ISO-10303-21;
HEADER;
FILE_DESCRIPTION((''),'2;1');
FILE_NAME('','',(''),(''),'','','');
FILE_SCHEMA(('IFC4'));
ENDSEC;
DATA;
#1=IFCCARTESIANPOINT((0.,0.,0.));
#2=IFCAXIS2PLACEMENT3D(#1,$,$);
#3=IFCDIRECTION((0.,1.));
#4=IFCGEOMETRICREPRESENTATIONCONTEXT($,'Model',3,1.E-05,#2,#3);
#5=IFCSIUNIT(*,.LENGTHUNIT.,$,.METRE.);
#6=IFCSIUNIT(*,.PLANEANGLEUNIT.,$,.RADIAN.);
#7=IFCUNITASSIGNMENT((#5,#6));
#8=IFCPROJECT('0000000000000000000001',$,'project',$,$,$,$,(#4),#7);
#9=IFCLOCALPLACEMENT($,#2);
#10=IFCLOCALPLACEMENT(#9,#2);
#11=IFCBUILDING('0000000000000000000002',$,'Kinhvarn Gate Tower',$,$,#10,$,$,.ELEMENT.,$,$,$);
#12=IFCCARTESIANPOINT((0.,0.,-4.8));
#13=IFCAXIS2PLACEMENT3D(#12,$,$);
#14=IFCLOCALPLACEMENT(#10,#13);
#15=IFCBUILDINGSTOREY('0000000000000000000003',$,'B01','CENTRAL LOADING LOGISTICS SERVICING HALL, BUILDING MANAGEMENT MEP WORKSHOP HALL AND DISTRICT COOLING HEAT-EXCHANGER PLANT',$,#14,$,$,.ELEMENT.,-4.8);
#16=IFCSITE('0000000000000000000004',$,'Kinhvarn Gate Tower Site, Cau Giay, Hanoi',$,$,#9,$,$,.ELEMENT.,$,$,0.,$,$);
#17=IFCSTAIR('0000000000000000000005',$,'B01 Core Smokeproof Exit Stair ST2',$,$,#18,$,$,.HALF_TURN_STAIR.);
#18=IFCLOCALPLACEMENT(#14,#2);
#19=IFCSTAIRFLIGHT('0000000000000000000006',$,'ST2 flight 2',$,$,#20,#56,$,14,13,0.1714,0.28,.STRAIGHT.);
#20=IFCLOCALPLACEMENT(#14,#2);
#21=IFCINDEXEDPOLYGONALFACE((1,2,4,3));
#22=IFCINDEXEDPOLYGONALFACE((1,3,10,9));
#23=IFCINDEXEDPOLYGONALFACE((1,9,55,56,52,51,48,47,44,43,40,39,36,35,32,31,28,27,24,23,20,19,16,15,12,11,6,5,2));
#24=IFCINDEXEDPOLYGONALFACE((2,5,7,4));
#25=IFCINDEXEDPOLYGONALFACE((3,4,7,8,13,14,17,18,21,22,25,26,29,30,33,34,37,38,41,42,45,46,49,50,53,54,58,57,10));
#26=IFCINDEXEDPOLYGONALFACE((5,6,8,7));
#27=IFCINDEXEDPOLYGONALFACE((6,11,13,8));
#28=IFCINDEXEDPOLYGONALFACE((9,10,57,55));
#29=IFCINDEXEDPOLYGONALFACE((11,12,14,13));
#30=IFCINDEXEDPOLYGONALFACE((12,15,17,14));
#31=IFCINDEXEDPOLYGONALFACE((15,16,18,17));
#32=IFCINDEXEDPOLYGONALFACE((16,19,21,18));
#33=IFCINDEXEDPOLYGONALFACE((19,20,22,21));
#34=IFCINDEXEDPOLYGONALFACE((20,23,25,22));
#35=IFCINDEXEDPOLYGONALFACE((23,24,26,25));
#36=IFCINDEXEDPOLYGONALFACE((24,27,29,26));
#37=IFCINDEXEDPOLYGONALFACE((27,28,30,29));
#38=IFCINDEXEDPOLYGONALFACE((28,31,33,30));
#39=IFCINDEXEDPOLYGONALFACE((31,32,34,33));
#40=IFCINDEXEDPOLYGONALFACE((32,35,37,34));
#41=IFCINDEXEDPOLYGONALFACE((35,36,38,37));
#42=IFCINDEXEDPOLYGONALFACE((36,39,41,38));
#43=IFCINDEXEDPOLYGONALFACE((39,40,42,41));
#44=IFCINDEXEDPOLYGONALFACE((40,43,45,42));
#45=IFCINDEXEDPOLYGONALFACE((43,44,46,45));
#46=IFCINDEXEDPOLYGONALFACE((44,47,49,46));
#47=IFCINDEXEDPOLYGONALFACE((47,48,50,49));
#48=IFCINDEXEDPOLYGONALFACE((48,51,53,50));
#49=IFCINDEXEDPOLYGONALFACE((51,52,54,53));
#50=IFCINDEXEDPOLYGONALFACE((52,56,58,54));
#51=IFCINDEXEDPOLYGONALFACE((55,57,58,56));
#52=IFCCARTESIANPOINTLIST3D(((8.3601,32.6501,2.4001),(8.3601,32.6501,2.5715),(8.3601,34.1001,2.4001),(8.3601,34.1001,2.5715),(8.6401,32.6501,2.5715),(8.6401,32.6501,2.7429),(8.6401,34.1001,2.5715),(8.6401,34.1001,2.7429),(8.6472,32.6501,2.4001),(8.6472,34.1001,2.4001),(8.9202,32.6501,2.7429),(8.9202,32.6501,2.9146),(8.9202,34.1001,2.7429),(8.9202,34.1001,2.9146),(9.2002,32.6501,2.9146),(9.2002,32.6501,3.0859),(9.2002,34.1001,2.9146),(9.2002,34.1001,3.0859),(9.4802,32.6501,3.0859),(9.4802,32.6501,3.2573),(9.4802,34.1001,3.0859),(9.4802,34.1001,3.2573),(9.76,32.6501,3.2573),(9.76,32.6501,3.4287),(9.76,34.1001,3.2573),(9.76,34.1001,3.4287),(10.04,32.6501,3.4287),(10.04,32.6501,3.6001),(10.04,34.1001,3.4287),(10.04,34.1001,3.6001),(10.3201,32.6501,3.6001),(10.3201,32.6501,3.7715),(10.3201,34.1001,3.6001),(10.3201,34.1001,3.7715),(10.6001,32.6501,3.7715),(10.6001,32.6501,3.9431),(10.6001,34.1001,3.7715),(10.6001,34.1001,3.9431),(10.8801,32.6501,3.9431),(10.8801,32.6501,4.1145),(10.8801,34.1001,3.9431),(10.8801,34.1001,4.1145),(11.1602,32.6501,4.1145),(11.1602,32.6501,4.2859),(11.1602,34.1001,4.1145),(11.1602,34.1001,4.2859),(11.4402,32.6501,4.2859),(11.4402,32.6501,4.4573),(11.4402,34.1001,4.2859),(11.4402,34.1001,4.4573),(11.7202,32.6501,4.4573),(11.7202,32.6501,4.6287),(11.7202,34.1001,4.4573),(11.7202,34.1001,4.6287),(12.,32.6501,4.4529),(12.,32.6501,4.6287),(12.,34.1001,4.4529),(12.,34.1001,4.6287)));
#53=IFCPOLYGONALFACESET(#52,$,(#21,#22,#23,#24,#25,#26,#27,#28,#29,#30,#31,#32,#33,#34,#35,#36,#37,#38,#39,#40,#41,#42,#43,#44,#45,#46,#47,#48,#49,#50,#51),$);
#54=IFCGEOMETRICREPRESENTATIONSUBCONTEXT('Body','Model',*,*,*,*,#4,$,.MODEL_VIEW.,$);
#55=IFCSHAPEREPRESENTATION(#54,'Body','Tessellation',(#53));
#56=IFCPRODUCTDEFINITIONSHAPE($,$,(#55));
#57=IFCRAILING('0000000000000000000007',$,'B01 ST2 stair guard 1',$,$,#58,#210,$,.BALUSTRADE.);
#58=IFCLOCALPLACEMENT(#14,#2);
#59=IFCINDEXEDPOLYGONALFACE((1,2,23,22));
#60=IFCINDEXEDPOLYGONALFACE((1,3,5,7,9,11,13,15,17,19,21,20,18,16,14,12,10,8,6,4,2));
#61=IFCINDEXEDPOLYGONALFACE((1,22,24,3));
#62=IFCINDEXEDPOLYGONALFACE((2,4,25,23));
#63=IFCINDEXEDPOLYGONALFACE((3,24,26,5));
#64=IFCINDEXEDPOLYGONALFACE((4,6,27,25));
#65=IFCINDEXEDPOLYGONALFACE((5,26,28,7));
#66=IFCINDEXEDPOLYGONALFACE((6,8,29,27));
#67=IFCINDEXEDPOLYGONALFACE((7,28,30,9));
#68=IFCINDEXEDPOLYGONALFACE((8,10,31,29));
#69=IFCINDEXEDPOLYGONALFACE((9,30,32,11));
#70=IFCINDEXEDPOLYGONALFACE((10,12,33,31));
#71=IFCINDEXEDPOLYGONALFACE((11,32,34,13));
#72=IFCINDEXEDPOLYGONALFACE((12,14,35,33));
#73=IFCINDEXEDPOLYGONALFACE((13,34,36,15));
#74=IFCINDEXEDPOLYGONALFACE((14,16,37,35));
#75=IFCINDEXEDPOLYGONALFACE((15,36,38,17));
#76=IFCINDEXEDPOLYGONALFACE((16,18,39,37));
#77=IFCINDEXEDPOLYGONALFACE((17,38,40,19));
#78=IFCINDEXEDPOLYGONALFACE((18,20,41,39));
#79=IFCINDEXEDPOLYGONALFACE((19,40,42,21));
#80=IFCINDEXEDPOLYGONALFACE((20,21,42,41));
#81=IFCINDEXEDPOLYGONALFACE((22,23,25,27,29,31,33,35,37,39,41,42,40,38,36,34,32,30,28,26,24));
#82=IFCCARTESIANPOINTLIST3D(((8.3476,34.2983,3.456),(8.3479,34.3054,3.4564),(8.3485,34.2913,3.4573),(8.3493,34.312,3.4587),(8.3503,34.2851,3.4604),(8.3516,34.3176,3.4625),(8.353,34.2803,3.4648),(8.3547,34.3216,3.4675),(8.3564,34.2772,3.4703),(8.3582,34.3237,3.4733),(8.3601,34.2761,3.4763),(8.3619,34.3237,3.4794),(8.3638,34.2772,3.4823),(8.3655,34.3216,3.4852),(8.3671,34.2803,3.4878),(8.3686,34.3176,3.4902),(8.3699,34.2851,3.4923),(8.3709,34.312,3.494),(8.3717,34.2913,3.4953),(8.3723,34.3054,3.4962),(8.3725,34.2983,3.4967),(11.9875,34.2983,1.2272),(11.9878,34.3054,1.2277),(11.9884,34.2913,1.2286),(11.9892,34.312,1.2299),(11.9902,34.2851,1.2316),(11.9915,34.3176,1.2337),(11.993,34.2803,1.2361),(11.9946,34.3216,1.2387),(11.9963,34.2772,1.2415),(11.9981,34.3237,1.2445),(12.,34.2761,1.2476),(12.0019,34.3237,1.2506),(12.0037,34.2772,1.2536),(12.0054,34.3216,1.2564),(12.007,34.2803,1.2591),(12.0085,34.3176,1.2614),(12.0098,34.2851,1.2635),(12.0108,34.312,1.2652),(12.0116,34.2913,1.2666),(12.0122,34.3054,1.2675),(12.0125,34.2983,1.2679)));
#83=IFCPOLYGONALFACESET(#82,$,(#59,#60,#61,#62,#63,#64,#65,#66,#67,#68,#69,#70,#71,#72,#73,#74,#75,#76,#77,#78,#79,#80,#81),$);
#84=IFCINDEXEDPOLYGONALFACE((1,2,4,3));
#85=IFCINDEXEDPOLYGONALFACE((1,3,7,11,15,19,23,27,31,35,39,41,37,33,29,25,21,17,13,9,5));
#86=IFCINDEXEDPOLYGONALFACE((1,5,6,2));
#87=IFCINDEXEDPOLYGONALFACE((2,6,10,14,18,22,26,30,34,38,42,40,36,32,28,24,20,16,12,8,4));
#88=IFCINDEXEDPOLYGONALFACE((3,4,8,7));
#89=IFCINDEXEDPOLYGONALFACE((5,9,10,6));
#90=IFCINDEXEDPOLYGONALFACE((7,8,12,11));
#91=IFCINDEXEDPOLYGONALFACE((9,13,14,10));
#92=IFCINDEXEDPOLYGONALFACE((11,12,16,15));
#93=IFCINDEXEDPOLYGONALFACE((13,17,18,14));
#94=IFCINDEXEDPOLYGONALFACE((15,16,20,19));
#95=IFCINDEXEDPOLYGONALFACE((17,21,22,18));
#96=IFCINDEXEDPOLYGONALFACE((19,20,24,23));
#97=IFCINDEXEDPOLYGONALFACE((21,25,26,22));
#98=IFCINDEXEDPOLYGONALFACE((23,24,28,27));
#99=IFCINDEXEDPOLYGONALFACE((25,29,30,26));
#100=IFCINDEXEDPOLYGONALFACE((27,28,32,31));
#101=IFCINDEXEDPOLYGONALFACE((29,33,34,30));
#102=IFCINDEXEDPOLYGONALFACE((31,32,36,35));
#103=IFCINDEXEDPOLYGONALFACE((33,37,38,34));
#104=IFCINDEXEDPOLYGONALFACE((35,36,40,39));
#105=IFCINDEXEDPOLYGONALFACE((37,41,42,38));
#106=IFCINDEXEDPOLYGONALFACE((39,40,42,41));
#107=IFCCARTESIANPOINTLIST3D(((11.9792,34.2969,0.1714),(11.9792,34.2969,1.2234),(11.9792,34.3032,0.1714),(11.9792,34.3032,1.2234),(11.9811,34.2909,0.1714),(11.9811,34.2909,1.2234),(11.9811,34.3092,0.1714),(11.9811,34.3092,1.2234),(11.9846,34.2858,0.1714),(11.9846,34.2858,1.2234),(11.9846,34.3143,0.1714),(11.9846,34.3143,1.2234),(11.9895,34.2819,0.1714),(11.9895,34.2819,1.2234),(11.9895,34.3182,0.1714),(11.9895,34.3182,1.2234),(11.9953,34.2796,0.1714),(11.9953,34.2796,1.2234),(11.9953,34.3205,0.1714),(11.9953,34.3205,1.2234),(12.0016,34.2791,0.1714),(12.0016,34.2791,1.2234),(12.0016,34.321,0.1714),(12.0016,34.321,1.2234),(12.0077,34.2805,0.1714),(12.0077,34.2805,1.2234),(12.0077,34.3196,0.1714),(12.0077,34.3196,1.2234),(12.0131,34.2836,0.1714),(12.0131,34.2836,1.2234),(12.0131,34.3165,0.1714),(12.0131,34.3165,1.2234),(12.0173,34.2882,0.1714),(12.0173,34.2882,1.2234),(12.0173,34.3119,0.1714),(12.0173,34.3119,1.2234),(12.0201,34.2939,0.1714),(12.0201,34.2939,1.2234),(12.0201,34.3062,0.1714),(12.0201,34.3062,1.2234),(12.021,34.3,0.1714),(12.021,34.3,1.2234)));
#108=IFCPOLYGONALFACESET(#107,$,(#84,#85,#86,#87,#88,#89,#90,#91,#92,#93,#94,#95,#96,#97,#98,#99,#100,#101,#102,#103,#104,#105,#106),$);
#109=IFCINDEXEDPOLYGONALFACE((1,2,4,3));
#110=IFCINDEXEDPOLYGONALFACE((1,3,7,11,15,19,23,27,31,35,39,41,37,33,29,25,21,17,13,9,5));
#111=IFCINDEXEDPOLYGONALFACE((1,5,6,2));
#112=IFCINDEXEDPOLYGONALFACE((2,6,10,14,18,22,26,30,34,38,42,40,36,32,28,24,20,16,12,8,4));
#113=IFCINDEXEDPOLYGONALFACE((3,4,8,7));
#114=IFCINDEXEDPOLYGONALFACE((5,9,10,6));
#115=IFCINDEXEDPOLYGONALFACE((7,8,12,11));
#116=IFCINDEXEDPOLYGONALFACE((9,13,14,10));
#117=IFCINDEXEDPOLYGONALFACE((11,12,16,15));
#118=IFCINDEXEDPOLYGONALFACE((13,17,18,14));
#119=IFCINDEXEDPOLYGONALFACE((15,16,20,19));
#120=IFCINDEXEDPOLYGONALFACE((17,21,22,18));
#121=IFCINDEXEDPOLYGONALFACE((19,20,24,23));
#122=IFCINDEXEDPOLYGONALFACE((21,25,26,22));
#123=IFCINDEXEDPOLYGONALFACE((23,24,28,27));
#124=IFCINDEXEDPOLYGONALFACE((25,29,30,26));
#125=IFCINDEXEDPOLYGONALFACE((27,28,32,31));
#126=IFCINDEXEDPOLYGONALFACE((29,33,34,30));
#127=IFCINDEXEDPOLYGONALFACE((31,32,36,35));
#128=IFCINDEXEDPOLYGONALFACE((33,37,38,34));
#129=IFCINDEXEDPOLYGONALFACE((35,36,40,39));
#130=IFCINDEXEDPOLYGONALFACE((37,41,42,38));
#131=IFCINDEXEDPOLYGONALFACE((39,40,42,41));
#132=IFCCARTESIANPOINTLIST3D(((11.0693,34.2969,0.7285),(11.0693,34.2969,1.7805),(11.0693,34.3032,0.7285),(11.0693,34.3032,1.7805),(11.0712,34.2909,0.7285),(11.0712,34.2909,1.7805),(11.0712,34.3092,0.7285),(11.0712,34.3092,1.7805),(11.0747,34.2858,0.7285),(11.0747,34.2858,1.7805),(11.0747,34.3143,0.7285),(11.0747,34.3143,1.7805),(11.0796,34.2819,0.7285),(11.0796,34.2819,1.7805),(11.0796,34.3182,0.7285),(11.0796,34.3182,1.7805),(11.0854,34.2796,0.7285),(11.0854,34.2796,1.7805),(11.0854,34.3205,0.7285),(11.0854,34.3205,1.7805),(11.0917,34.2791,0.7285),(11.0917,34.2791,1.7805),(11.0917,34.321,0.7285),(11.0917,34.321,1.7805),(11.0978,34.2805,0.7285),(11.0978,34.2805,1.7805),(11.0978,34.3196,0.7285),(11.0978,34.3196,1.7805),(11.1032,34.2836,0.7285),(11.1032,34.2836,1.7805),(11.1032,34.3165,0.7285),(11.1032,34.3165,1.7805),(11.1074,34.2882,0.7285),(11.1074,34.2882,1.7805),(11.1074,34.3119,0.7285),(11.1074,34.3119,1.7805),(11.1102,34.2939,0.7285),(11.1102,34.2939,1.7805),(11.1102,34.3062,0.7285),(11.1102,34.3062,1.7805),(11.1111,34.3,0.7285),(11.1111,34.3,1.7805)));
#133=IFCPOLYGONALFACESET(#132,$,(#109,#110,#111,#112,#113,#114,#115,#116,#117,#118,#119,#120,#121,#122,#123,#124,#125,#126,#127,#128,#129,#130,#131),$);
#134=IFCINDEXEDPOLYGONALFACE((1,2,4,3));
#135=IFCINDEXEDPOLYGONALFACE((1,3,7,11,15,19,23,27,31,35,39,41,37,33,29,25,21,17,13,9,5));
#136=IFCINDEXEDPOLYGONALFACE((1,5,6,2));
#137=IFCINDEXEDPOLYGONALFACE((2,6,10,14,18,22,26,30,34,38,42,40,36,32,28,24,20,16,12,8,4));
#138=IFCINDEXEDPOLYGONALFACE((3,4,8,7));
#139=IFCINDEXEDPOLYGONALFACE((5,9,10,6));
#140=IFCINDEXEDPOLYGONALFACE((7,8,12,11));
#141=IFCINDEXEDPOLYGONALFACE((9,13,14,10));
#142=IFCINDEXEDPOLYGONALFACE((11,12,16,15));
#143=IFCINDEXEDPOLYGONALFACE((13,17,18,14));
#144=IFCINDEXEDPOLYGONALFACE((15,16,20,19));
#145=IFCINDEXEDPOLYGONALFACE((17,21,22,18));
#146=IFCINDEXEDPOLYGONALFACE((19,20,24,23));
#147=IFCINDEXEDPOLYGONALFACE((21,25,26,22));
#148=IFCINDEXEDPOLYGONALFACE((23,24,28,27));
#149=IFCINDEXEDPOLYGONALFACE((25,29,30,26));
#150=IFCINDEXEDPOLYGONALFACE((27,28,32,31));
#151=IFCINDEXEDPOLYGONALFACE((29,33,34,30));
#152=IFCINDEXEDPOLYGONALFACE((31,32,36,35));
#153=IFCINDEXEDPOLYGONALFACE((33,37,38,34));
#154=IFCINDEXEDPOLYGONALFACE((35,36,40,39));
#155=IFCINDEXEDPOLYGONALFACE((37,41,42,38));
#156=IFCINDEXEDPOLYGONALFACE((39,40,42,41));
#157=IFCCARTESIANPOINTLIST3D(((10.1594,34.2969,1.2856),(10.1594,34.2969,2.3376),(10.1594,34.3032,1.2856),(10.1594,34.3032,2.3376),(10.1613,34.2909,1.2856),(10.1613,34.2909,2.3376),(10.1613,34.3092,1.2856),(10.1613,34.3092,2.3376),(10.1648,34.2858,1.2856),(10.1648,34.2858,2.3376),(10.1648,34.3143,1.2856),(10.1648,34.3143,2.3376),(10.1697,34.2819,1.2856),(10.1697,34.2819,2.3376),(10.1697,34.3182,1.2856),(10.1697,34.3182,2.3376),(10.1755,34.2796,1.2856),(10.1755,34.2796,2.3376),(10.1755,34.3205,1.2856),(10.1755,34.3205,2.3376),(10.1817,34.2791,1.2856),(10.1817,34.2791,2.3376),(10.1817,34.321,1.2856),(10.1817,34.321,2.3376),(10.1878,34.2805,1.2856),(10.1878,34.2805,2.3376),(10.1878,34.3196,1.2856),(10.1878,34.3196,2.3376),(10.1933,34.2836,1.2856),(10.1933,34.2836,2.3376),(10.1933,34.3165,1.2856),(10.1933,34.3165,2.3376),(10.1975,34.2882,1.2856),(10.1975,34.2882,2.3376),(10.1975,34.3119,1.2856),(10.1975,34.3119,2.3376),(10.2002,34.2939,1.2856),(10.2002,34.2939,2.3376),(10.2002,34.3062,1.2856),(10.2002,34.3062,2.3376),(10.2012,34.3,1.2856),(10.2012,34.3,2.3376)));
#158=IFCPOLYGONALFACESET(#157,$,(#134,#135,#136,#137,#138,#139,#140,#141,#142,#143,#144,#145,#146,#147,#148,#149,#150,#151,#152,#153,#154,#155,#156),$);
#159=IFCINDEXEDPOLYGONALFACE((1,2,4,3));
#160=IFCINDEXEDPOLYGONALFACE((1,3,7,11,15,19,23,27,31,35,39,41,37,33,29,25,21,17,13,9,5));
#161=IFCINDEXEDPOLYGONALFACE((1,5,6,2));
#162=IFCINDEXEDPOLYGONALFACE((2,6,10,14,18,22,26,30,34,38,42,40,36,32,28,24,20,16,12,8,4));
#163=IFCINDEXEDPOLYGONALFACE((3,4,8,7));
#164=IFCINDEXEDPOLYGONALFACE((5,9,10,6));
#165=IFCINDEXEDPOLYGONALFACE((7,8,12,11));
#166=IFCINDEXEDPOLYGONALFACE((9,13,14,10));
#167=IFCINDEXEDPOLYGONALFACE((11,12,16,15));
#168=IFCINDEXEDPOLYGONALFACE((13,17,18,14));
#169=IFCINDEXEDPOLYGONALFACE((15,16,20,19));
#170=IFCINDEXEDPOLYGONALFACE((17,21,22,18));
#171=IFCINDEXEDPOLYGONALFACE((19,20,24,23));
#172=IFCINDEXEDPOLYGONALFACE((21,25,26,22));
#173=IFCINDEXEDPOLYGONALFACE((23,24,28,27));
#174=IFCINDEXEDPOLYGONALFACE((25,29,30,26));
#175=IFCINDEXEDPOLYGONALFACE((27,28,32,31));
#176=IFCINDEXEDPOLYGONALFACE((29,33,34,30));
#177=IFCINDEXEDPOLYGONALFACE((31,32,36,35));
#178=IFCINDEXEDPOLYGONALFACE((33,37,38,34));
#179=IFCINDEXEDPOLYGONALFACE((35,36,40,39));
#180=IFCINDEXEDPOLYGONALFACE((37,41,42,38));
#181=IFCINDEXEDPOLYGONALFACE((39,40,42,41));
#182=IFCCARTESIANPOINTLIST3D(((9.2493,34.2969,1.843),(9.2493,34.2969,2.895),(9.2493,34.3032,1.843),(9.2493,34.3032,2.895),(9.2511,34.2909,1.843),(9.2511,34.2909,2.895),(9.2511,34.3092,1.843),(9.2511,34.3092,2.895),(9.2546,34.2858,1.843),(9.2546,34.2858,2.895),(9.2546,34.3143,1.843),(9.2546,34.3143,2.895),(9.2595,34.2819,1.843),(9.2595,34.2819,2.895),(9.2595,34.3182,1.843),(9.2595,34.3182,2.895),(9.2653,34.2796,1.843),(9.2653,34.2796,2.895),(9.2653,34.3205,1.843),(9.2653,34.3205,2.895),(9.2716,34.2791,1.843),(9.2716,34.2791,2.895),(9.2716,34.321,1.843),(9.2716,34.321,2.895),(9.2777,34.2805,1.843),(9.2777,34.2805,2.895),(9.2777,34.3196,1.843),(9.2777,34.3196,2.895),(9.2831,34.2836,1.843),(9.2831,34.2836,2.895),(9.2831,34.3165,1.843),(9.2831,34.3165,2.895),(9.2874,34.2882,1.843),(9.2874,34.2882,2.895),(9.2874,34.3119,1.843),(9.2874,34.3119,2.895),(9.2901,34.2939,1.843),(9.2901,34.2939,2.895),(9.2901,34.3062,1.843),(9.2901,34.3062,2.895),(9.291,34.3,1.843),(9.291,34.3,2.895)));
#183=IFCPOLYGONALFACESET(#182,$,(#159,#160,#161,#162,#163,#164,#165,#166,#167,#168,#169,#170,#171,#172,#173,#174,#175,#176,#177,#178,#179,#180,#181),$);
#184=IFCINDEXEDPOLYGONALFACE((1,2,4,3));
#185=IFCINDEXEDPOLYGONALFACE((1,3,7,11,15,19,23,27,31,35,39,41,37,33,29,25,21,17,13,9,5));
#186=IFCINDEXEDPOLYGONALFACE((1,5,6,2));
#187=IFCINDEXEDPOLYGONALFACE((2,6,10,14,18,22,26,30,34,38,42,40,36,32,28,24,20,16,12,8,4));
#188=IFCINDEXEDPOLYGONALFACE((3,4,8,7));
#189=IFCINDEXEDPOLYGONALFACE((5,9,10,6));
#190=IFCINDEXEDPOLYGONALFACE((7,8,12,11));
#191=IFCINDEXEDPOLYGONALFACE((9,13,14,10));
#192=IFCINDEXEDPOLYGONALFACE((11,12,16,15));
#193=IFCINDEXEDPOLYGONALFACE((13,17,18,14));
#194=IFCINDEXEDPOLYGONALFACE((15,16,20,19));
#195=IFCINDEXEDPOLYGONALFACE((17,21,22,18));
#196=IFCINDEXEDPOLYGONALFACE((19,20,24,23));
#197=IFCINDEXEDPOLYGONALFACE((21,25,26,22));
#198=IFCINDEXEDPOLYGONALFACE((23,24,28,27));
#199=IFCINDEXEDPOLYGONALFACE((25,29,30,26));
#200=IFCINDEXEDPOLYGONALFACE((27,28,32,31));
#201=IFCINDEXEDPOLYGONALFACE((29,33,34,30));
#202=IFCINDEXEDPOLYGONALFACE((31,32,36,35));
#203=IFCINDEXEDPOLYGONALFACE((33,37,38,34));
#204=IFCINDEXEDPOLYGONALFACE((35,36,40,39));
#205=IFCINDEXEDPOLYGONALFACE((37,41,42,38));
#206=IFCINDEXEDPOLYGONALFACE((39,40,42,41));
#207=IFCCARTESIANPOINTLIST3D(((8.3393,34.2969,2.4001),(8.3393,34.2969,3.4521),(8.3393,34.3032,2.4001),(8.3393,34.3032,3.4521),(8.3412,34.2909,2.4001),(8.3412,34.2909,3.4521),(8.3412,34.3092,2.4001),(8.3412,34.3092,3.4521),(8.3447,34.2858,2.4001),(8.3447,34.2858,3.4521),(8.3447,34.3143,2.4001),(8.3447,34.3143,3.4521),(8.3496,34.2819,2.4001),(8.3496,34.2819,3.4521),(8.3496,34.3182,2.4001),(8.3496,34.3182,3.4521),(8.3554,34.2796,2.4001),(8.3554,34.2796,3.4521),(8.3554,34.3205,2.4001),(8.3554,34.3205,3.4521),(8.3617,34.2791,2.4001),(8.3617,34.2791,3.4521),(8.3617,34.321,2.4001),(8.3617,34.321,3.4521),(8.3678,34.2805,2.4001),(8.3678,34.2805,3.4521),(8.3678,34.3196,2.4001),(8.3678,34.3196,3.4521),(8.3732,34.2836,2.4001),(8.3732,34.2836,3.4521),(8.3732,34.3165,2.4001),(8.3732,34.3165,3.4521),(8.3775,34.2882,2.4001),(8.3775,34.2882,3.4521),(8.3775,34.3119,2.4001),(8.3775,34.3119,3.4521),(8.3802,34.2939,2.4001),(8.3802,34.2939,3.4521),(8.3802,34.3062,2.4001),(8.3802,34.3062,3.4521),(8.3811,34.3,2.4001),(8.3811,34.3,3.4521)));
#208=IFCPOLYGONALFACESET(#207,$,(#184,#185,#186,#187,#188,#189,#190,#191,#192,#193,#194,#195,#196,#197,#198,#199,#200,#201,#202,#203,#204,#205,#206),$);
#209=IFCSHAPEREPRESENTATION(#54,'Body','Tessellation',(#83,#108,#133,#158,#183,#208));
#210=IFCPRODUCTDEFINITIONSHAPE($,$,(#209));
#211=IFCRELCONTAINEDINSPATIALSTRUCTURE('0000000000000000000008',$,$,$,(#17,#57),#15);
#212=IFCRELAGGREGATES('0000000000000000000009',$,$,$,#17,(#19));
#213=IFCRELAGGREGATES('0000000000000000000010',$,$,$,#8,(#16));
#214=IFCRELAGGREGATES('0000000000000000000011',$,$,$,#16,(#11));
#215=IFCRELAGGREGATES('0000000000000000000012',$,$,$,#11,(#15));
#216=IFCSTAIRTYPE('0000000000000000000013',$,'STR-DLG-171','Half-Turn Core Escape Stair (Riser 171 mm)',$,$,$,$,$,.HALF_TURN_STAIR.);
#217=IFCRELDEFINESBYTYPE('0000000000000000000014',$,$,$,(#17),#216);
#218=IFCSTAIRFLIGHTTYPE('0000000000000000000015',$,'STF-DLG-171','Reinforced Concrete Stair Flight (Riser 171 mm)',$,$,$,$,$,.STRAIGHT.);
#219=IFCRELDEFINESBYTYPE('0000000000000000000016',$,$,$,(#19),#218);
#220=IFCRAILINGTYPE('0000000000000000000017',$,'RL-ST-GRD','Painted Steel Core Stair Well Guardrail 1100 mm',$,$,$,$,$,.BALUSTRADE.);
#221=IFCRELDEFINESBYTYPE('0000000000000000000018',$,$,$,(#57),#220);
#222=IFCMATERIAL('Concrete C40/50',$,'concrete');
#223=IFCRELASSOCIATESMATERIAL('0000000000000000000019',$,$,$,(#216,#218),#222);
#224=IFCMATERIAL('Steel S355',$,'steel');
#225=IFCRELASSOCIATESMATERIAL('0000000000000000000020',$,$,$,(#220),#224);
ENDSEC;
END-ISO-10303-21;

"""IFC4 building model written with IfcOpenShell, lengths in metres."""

from ifc_helpers import new_model, si_unit, direction, frame, origin, origin_2d, place, context, subcontext, project, spatial, polyline, circle, outline, extrude, material, type_object, element, aggregate, save


model = new_model("IFC4")

# Units and contexts
model_context = context("Model", 3, precision=1e-05, world=origin(), true_north=direction((0.0, 1.0)))
body_context = subcontext(model_context, "Body", "Model", "MODEL_VIEW")
ifc_project = project(units=[si_unit("LENGTHUNIT", "METRE"), si_unit("PLANEANGLEUNIT", "RADIAN")], contexts=[model_context])

# Site, building, storey
site_placement = place(None, origin())
site = spatial("IfcSite", under=ifc_project, at=site_placement, Name="Kinhvarn Gate Tower Site, Cau Giay, Hanoi", CompositionType="ELEMENT", RefElevation=0.0)
building_placement = place(site_placement, origin())
building = spatial("IfcBuilding", under=site, at=building_placement, Name="Kinhvarn Gate Tower", CompositionType="ELEMENT")
storey_placement = place(building_placement, frame((0.0, 0.0, -4.8)))
storey = spatial("IfcBuildingStorey", under=building, at=storey_placement, Name="B01", Description="CENTRAL LOADING LOGISTICS SERVICING HALL, BUILDING MANAGEMENT MEP WORKSHOP HALL AND DISTRICT COOLING HEAT-EXCHANGER PLANT", CompositionType="ELEMENT", Elevation=-4.8)

# Shared definitions
ifc_material_1 = material(Name="Steel S355", Category="steel")

# Shared definitions
ifc_material_2 = material(Name="Concrete C40/50", Category="concrete")

# Stair, stair flight
stair_type = type_object("IfcStairType", Name="STR-DLG-171", Description="Half-Turn Core Escape Stair (Riser 171 mm)", PredefinedType="HALF_TURN_STAIR", material=ifc_material_2)
stair_placement = place(storey_placement, origin())
stair = element("IfcStair", 1, at=stair_placement, inside=storey, type_object=stair_type, Name="B01 Core Smokeproof Exit Stair ST2", PredefinedType="HALF_TURN_STAIR")
stair_flight_type = type_object("IfcStairFlightType", Name="STF-DLG-171", Description="Reinforced Concrete Stair Flight (Riser 171 mm)", PredefinedType="STRAIGHT", material=ifc_material_2)
stair_flight_1_placement = place(storey_placement, frame((8.3601, 33.375, 2.4001), z_axis=(0.0, 0.0, 1.0), x_axis=(1.0, 0.0, 0.0)))
stair_flight_1 = element("IfcStairFlight", 2, at=stair_flight_1_placement, type_object=stair_flight_type, Name="ST2 flight 2", NumberOfRisers=14, NumberOfTreads=13, PredefinedType="STRAIGHT", RiserHeight=0.1714, TreadLength=0.28, context=body_context, shape_type="SweptSolid", body=[
    extrude(outline(polyline([(0.0, 0.0), (0.0, 0.1714), (0.28, 0.1714), (0.28, 0.3428), (0.5601, 0.3428), (0.5601, 0.5144), (0.8401, 0.5144), (0.8401, 0.6858), (1.1201, 0.6858), (1.1201, 0.8572), (1.3999, 0.8572), (1.3999, 1.0286), (1.6799, 1.0286), (1.6799, 1.2), (1.96, 1.2), (1.96, 1.3713), (2.24, 1.3713), (2.24, 1.543), (2.52, 1.543), (2.52, 1.7144), (2.8, 1.7144), (2.8, 1.8857), (3.0801, 1.8857), (3.0801, 2.0571), (3.3601, 2.0571), (3.3601, 2.2285), (3.6399, 2.2285), (3.6399, 2.3999), (3.6399, 2.0527), (0.2871, 0.0), (0.0, 0.0)])), frame((0.0, 0.7251, 0.0), z_axis=(0.0, -1.0, 0.0), x_axis=(1.0, 0.0, 0.0)), (0.0, 0.0, 1.0), 1.45),
])
aggregate(stair, [stair_flight_1])

# Railing
railing_type_1 = type_object("IfcRailingType", Name="RL-ST-GRD", Description="Painted Steel Core Stair Well Guardrail 1100 mm", PredefinedType="BALUSTRADE", material=ifc_material_1)
railing_1_placement = place(storey_placement, frame((12.0, 34.3, 0.1714)))
element("IfcRailing", 3, at=railing_1_placement, inside=storey, type_object=railing_type_1, Name="B01 ST2 stair guard 1", PredefinedType="BALUSTRADE", context=body_context, shape_type="SweptSolid", body=[
    extrude(circle(Radius=0.0239, at=origin_2d()), frame((0.0, 0.0, 1.0762), z_axis=(-0.852825, 0.0, 0.522197), x_axis=(0.0, -1.0, 0.0)), (0.0, 0.0, 1.0), 4.2681),
    extrude(circle(Radius=0.021, at=origin_2d()), origin(), (0.0, 0.0, 1.0), 1.052),
    extrude(circle(Radius=0.021, at=origin_2d()), frame((-0.9099, 0.0, 0.5571)), (0.0, 0.0, 1.0), 1.052),
    extrude(circle(Radius=0.021, at=origin_2d()), frame((-1.8198, 0.0, 1.1143)), (0.0, 0.0, 1.0), 1.052),
    extrude(circle(Radius=0.021, at=origin_2d()), frame((-2.73, 0.0, 1.6716)), (0.0, 0.0, 1.0), 1.052),
    extrude(circle(Radius=0.021, at=origin_2d()), frame((-3.6399, 0.0, 2.2288)), (0.0, 0.0, 1.0), 1.052),
])

save(model, "model.ifc")
